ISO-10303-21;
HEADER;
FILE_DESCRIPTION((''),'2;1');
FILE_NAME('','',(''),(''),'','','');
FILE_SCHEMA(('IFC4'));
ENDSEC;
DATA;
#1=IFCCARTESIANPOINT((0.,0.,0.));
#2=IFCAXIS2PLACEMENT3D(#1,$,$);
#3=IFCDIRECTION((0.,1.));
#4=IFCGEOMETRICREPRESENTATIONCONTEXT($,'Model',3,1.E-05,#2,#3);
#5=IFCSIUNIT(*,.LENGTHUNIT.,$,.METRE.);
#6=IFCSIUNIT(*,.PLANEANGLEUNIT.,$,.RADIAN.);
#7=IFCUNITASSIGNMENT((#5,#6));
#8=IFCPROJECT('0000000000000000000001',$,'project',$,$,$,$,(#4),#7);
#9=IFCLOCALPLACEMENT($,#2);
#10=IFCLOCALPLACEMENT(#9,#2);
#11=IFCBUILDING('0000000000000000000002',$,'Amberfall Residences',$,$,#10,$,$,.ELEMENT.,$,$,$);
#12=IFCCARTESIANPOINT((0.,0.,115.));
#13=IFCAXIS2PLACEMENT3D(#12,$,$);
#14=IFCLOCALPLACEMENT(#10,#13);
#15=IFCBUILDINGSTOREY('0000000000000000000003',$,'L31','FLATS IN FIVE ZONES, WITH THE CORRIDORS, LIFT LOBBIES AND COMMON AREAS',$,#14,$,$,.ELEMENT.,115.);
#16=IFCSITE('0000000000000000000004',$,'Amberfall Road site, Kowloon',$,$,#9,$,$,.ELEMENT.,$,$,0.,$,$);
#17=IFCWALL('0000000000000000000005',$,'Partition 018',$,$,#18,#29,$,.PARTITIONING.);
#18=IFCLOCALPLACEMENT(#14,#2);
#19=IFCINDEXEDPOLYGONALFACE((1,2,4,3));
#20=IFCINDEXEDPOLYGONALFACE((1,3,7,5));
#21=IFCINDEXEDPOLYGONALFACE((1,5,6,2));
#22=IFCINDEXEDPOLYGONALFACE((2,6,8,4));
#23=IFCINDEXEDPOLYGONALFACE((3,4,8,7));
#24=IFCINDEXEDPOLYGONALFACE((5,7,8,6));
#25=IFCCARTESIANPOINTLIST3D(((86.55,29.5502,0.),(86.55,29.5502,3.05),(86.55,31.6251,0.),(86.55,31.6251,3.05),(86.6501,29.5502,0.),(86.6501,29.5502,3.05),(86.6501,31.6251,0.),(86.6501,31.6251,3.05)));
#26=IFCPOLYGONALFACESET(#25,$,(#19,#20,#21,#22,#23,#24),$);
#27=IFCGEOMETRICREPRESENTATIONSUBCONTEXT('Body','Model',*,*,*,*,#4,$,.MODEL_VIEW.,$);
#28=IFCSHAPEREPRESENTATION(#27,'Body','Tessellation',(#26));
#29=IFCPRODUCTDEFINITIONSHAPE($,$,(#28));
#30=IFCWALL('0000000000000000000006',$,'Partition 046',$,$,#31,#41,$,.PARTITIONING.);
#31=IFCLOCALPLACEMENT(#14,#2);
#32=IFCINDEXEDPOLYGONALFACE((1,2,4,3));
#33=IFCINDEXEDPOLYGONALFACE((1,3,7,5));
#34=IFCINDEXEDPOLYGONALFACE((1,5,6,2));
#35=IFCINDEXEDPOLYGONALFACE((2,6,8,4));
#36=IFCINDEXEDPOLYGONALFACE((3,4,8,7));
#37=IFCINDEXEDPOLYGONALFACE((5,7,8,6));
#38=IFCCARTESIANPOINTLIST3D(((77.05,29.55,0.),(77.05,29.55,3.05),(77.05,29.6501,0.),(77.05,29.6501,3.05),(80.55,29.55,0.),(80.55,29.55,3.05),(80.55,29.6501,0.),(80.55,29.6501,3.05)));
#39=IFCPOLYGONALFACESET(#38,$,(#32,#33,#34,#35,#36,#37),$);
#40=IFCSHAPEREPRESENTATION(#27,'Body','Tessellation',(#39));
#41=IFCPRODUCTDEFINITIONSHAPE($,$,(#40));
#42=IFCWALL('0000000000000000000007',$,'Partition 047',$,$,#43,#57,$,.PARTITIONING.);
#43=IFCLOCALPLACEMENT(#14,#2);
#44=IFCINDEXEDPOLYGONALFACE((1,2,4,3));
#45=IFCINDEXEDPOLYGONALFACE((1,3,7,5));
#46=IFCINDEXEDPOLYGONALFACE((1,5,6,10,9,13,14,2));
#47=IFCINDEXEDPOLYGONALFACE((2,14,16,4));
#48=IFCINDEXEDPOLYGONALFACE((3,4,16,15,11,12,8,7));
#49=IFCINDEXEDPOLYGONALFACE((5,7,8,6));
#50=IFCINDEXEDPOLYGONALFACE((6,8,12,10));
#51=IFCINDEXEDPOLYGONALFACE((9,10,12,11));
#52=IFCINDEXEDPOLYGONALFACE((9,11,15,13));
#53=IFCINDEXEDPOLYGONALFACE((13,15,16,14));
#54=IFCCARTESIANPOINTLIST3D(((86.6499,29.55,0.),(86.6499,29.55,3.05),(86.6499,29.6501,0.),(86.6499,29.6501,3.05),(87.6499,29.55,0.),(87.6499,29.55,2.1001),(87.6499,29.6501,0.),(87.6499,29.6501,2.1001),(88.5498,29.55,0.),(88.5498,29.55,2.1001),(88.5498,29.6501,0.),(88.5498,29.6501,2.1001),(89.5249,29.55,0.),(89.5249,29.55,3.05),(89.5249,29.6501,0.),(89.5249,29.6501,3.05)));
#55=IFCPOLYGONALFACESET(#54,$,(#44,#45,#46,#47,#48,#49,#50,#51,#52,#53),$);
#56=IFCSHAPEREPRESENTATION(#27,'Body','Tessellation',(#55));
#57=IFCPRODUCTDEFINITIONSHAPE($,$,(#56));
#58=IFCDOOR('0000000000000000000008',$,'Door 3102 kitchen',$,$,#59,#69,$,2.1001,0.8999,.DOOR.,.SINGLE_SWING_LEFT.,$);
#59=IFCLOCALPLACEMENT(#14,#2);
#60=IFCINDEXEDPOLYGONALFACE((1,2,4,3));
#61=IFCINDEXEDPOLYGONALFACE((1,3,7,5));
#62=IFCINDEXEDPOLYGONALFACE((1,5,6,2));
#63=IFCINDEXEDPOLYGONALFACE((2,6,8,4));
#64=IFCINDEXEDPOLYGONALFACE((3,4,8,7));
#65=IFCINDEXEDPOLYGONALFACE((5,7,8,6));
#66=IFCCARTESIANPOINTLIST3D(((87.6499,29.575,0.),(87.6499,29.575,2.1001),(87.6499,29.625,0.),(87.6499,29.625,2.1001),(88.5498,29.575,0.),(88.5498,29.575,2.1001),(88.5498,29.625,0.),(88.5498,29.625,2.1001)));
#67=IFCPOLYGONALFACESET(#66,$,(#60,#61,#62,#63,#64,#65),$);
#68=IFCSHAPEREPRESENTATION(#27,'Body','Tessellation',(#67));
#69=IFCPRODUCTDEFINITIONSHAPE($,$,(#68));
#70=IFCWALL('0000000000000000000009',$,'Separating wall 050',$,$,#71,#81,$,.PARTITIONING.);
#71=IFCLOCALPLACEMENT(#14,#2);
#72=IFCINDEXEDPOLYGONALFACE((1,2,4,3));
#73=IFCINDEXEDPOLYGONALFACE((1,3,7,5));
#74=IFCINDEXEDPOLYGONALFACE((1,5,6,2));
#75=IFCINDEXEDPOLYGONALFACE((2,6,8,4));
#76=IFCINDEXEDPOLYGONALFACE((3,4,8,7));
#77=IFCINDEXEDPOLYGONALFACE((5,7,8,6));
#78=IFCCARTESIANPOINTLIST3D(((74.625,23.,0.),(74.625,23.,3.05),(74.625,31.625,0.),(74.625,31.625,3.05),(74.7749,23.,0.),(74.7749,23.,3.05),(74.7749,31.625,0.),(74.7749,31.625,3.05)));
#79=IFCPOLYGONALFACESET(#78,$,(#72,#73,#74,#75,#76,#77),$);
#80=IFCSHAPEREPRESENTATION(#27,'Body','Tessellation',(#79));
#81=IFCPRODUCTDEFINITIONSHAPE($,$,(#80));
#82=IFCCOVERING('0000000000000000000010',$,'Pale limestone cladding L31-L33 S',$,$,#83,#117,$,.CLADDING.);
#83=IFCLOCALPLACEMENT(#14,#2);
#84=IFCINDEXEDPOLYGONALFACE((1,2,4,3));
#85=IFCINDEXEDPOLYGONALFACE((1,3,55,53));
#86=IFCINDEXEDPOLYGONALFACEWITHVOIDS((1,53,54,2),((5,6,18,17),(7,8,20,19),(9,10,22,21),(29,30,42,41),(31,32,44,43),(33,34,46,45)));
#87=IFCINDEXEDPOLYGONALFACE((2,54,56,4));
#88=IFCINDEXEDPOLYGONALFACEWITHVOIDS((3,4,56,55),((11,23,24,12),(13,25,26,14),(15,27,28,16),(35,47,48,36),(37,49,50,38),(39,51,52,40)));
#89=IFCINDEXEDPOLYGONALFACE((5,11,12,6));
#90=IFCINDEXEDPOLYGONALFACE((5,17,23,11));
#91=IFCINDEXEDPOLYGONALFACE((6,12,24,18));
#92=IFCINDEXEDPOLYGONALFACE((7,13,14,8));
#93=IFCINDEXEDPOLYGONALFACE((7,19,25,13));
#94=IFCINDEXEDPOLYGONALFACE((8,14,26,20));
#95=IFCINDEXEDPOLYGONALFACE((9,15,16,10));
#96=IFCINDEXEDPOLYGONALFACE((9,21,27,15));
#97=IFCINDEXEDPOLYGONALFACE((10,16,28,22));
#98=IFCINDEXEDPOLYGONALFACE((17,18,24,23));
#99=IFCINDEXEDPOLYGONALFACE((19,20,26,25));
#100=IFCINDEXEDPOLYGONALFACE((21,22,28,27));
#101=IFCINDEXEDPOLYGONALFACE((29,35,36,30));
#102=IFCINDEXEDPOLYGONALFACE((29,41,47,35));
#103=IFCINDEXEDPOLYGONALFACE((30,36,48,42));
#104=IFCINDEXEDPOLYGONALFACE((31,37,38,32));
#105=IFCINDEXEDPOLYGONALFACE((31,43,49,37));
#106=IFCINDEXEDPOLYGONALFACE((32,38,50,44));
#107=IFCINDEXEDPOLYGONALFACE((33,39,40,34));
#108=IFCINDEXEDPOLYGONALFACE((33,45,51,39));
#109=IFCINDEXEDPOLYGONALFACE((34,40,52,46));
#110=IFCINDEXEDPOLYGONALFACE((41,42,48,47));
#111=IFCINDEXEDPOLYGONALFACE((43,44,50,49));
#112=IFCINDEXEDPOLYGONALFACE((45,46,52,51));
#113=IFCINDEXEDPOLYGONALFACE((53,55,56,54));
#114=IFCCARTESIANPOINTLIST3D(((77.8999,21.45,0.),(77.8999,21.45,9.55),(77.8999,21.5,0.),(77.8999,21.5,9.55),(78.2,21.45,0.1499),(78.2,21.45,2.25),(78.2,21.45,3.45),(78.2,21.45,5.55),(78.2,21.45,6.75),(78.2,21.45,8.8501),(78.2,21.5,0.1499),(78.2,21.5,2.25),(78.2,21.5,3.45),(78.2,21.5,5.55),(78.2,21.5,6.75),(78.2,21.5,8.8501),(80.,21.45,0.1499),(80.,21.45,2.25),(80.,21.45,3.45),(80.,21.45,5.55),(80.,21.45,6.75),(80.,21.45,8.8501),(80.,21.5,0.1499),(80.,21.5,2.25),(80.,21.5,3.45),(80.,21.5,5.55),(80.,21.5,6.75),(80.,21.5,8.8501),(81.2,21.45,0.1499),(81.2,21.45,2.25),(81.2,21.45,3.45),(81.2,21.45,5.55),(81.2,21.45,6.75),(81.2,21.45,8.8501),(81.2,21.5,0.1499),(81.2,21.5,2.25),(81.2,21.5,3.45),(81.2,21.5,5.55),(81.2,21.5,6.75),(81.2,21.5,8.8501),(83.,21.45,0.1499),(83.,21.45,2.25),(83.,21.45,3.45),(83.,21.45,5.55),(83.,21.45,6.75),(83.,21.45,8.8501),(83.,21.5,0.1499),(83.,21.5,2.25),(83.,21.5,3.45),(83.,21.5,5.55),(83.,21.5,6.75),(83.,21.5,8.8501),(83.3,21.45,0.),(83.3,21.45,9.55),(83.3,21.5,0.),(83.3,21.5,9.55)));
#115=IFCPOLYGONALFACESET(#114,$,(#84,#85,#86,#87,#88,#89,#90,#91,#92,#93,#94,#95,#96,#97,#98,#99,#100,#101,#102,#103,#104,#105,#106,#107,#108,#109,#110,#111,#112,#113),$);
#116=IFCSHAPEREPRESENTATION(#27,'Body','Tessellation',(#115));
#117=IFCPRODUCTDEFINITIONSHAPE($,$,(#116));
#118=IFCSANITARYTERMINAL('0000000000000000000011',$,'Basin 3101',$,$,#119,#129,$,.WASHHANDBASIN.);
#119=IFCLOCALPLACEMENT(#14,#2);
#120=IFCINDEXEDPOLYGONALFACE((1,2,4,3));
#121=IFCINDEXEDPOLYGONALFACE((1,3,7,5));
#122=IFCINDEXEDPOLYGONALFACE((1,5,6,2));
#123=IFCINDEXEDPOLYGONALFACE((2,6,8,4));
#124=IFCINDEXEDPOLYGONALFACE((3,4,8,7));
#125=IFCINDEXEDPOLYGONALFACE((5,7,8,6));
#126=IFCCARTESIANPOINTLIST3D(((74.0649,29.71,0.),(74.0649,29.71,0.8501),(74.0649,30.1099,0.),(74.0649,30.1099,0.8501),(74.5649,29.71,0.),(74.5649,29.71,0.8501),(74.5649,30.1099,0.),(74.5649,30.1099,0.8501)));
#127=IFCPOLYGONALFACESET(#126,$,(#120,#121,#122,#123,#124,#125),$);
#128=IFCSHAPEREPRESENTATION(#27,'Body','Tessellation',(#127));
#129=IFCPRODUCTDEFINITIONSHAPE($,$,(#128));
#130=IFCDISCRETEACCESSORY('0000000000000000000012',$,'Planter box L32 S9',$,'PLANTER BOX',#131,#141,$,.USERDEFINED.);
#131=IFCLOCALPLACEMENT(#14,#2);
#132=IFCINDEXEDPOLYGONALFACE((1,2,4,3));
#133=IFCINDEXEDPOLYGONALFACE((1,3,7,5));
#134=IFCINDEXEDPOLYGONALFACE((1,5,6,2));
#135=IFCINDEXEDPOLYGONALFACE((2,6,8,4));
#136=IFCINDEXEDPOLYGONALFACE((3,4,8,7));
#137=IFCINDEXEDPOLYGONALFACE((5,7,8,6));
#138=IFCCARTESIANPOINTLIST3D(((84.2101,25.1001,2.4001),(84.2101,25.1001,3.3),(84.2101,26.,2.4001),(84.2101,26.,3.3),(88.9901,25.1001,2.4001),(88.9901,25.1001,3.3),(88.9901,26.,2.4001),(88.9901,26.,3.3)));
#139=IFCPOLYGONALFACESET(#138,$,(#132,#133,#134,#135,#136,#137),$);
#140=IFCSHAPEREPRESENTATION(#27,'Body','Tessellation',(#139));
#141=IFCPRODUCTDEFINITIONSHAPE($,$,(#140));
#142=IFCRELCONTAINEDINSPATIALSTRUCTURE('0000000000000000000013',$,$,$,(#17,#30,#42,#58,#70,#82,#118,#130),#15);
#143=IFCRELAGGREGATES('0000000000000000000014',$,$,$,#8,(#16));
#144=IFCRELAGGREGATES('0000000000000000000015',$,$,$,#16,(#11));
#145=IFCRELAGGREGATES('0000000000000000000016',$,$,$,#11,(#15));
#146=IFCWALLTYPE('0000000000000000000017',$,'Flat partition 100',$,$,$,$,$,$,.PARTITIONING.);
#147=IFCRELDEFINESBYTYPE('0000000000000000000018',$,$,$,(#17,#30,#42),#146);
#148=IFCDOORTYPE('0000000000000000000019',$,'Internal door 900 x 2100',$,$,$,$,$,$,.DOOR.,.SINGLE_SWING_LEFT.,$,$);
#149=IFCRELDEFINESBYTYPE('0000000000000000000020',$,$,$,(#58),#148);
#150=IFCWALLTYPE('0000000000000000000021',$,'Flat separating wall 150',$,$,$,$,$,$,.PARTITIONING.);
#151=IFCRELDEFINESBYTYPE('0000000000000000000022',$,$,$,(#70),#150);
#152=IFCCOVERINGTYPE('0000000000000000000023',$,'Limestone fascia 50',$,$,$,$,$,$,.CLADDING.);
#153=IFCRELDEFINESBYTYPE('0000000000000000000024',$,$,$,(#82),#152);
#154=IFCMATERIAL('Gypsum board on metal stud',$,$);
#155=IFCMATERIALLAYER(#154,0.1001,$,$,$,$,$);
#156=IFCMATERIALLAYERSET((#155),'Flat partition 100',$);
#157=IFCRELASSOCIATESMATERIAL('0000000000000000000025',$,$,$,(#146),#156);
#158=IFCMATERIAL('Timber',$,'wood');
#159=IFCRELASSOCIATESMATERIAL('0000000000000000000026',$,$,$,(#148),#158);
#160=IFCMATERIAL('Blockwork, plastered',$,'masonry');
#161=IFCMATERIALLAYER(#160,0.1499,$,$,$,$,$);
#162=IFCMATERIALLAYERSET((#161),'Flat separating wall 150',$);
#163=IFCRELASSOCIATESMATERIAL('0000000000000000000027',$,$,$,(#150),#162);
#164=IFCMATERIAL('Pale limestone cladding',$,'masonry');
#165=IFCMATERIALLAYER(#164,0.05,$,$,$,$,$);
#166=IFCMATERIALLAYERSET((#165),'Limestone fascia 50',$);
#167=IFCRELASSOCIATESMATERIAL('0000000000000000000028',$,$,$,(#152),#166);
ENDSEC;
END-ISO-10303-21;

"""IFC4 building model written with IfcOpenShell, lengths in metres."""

from ifc_helpers import new_model, si_unit, direction, frame, frame_2d, origin, origin_2d, place, context, subcontext, project, spatial, polyline, rectangle, outline, extrude, material, layer, layer_set, type_object, element, fill, save


model = new_model("IFC4")

# Units and contexts
model_context = context("Model", 3, precision=1e-05, world=origin(), true_north=direction((0.0, 1.0)))
body_context = subcontext(model_context, "Body", "Model", "MODEL_VIEW")
ifc_project = project(units=[si_unit("LENGTHUNIT", "METRE"), si_unit("PLANEANGLEUNIT", "RADIAN")], contexts=[model_context])

# Site, building, storey
site_placement = place(None, origin())
site = spatial("IfcSite", under=ifc_project, at=site_placement, Name="Amberfall Road site, Kowloon", CompositionType="ELEMENT", RefElevation=0.0)
building_placement = place(site_placement, origin())
building = spatial("IfcBuilding", under=site, at=building_placement, Name="Amberfall Residences", CompositionType="ELEMENT")
storey_placement = place(building_placement, frame((0.0, 0.0, 115.0)))
storey = spatial("IfcBuildingStorey", under=building, at=storey_placement, Name="L31", Description="FLATS IN FIVE ZONES, WITH THE CORRIDORS, LIFT LOBBIES AND COMMON AREAS", CompositionType="ELEMENT", Elevation=115.0)

# Shared definitions
ifc_material_1 = material(Name="Gypsum board on metal stud")
ifc_layer_1 = layer(ifc_material_1, 0.1001)
ifc_layer_set_1 = layer_set([ifc_layer_1], Name="Flat partition 100")
wall_type_1 = type_object("IfcWallType", Name="Flat partition 100", PredefinedType="PARTITIONING", material=ifc_layer_set_1)

# Shared definitions
ifc_material_2 = material(Name="Timber", Category="wood")
door_type_1 = type_object("IfcDoorType", Name="Internal door 900 x 2100", OperationType="SINGLE_SWING_LEFT", PredefinedType="DOOR", material=ifc_material_2)

# Walls
wall_1_placement = place(storey_placement, frame((86.6001, 29.55, 0.0), z_axis=(0.0, 0.0, 1.0), x_axis=(0.0, 1.0, 0.0)))
element("IfcWall", 1, at=wall_1_placement, inside=storey, type_object=wall_type_1, Name="Partition 018", PredefinedType="PARTITIONING", context=body_context, shape_type="SweptSolid", body=[
    extrude(rectangle(XDim=2.075, YDim=0.1001, at=frame_2d((1.0376, 0.0))), origin(), (0.0, 0.0, 1.0), 3.05),
])
wall_2_placement = place(storey_placement, frame((77.05, 29.6001, 0.0), z_axis=(0.0, 0.0, 1.0), x_axis=(1.0, 0.0, 0.0)))
element("IfcWall", 2, at=wall_2_placement, inside=storey, type_object=wall_type_1, Name="Partition 046", PredefinedType="PARTITIONING", context=body_context, shape_type="SweptSolid", body=[
    extrude(rectangle(XDim=3.5, YDim=0.1001, at=frame_2d((1.75, 0.0))), origin(), (0.0, 0.0, 1.0), 3.05),
])

# Wall, opening, door
wall_3_placement = place(storey_placement, frame((86.6499, 29.6001, 0.0), z_axis=(0.0, 0.0, 1.0), x_axis=(1.0, 0.0, 0.0)))
wall_3 = element("IfcWall", 3, at=wall_3_placement, inside=storey, type_object=wall_type_1, Name="Partition 047", PredefinedType="PARTITIONING", context=body_context, shape_type="SweptSolid", body=[
    extrude(rectangle(XDim=2.875, YDim=0.1001, at=frame_2d((1.4375, 0.0))), origin(), (0.0, 0.0, 1.0), 3.05),
])
opening_1_placement = place(wall_3_placement, frame((1.0, 0.0, 0.0)))
opening_1 = element("IfcOpeningElement", 4, at=opening_1_placement, cuts=wall_3, PredefinedType="OPENING", context=body_context, shape_type="SweptSolid", body=[
    extrude(rectangle(XDim=0.8999, YDim=2.1001, at=frame_2d((0.45, 1.05))), frame((0.0, 0.0601, 0.0), z_axis=(0.0, -1.0, 0.0), x_axis=(1.0, 0.0, 0.0)), (0.0, 0.0, 1.0), 0.1201),
])
door_1_placement = place(opening_1_placement, origin())
door_1 = element("IfcDoor", 5, at=door_1_placement, inside=storey, type_object=door_type_1, Name="Door 3102 kitchen", OperationType="SINGLE_SWING_LEFT", OverallHeight=2.1001, OverallWidth=0.8999, PredefinedType="DOOR", context=body_context, shape_type="SweptSolid", body=[
    extrude(rectangle(XDim=0.8999, YDim=2.1001, at=frame_2d((0.45, 1.05))), frame((0.0, 0.0249, 0.0), z_axis=(0.0, -1.0, 0.0), x_axis=(1.0, 0.0, 0.0)), (0.0, 0.0, 1.0), 0.05),
])
fill(opening_1, door_1)

# Wall
ifc_material_3 = material(Name="Blockwork, plastered", Category="masonry")
ifc_layer_2 = layer(ifc_material_3, 0.1499)
ifc_layer_set_2 = layer_set([ifc_layer_2], Name="Flat separating wall 150")
wall_type_2 = type_object("IfcWallType", Name="Flat separating wall 150", PredefinedType="PARTITIONING", material=ifc_layer_set_2)
wall_4_placement = place(storey_placement, frame((74.7, 23.0, 0.0), z_axis=(0.0, 0.0, 1.0), x_axis=(0.0, 1.0, 0.0)))
element("IfcWall", 6, at=wall_4_placement, inside=storey, type_object=wall_type_2, Name="Separating wall 050", PredefinedType="PARTITIONING", context=body_context, shape_type="SweptSolid", body=[
    extrude(rectangle(XDim=8.625, YDim=0.1499, at=frame_2d((4.3125, 0.0))), origin(), (0.0, 0.0, 1.0), 3.05),
])

# Covering
ifc_material_4 = material(Name="Pale limestone cladding", Category="masonry")
ifc_layer_3 = layer(ifc_material_4, 0.05)
ifc_layer_set_3 = layer_set([ifc_layer_3], Name="Limestone fascia 50")
covering_type = type_object("IfcCoveringType", Name="Limestone fascia 50", PredefinedType="CLADDING", material=ifc_layer_set_3)
covering_placement = place(storey_placement, frame((77.8999, 21.5, 9.55), z_axis=(0.0, 1.0, 0.0), x_axis=(1.0, 0.0, 0.0)))
element("IfcCovering", 7, at=covering_placement, inside=storey, type_object=covering_type, Name="Pale limestone cladding L31-L33 S", PredefinedType="CLADDING", context=body_context, shape_type="SweptSolid", body=[
    extrude(outline(polyline([(0.0, 0.0), (5.4001, 0.0), (5.4001, 9.55), (0.0, 9.55), (0.0, 0.0)]), holes=[polyline([(0.3, 7.3), (2.1001, 7.3), (2.1001, 9.4001), (0.3, 9.4001), (0.3, 7.3)]), polyline([(3.3, 7.3), (5.1001, 7.3), (5.1001, 9.4001), (3.3, 9.4001), (3.3, 7.3)]), polyline([(0.3, 4.0), (2.1001, 4.0), (2.1001, 6.1001), (0.3, 6.1001), (0.3, 4.0)]), polyline([(3.3, 4.0), (5.1001, 4.0), (5.1001, 6.1001), (3.3, 6.1001), (3.3, 4.0)]), polyline([(0.3, 0.7), (2.1001, 0.7), (2.1001, 2.8), (0.3, 2.8), (0.3, 0.7)]), polyline([(3.3, 0.7), (5.1001, 0.7), (5.1001, 2.8), (3.3, 2.8), (3.3, 0.7)])]), origin(), (0.0, 0.0, -1.0), 0.05),
])

# Sanitary terminal
sanitary_terminal_placement = place(storey_placement, frame((74.3149, 29.9099, 0.0), z_axis=(0.0, 0.0, 1.0), x_axis=(1.0, 0.0, 0.0)))
element("IfcSanitaryTerminal", 8, at=sanitary_terminal_placement, inside=storey, Name="Basin 3101", PredefinedType="WASHHANDBASIN", context=body_context, shape_type="SweptSolid", body=[
    extrude(rectangle(XDim=0.5, YDim=0.3999, at=origin_2d()), origin(), (0.0, 0.0, 1.0), 0.8501),
])

# Discrete accessory
discrete_accessory_placement = place(storey_placement, frame((86.6001, 25.55, 2.4001), z_axis=(0.0, 0.0, 1.0), x_axis=(1.0, 0.0, 0.0)))
element("IfcDiscreteAccessory", 9, at=discrete_accessory_placement, inside=storey, Name="Planter box L32 S9", ObjectType="PLANTER BOX", PredefinedType="USERDEFINED", context=body_context, shape_type="SweptSolid", body=[
    extrude(rectangle(XDim=4.78, YDim=0.8999, at=origin_2d()), origin(), (0.0, 0.0, 1.0), 0.8999),
])

save(model, "model.ifc")
